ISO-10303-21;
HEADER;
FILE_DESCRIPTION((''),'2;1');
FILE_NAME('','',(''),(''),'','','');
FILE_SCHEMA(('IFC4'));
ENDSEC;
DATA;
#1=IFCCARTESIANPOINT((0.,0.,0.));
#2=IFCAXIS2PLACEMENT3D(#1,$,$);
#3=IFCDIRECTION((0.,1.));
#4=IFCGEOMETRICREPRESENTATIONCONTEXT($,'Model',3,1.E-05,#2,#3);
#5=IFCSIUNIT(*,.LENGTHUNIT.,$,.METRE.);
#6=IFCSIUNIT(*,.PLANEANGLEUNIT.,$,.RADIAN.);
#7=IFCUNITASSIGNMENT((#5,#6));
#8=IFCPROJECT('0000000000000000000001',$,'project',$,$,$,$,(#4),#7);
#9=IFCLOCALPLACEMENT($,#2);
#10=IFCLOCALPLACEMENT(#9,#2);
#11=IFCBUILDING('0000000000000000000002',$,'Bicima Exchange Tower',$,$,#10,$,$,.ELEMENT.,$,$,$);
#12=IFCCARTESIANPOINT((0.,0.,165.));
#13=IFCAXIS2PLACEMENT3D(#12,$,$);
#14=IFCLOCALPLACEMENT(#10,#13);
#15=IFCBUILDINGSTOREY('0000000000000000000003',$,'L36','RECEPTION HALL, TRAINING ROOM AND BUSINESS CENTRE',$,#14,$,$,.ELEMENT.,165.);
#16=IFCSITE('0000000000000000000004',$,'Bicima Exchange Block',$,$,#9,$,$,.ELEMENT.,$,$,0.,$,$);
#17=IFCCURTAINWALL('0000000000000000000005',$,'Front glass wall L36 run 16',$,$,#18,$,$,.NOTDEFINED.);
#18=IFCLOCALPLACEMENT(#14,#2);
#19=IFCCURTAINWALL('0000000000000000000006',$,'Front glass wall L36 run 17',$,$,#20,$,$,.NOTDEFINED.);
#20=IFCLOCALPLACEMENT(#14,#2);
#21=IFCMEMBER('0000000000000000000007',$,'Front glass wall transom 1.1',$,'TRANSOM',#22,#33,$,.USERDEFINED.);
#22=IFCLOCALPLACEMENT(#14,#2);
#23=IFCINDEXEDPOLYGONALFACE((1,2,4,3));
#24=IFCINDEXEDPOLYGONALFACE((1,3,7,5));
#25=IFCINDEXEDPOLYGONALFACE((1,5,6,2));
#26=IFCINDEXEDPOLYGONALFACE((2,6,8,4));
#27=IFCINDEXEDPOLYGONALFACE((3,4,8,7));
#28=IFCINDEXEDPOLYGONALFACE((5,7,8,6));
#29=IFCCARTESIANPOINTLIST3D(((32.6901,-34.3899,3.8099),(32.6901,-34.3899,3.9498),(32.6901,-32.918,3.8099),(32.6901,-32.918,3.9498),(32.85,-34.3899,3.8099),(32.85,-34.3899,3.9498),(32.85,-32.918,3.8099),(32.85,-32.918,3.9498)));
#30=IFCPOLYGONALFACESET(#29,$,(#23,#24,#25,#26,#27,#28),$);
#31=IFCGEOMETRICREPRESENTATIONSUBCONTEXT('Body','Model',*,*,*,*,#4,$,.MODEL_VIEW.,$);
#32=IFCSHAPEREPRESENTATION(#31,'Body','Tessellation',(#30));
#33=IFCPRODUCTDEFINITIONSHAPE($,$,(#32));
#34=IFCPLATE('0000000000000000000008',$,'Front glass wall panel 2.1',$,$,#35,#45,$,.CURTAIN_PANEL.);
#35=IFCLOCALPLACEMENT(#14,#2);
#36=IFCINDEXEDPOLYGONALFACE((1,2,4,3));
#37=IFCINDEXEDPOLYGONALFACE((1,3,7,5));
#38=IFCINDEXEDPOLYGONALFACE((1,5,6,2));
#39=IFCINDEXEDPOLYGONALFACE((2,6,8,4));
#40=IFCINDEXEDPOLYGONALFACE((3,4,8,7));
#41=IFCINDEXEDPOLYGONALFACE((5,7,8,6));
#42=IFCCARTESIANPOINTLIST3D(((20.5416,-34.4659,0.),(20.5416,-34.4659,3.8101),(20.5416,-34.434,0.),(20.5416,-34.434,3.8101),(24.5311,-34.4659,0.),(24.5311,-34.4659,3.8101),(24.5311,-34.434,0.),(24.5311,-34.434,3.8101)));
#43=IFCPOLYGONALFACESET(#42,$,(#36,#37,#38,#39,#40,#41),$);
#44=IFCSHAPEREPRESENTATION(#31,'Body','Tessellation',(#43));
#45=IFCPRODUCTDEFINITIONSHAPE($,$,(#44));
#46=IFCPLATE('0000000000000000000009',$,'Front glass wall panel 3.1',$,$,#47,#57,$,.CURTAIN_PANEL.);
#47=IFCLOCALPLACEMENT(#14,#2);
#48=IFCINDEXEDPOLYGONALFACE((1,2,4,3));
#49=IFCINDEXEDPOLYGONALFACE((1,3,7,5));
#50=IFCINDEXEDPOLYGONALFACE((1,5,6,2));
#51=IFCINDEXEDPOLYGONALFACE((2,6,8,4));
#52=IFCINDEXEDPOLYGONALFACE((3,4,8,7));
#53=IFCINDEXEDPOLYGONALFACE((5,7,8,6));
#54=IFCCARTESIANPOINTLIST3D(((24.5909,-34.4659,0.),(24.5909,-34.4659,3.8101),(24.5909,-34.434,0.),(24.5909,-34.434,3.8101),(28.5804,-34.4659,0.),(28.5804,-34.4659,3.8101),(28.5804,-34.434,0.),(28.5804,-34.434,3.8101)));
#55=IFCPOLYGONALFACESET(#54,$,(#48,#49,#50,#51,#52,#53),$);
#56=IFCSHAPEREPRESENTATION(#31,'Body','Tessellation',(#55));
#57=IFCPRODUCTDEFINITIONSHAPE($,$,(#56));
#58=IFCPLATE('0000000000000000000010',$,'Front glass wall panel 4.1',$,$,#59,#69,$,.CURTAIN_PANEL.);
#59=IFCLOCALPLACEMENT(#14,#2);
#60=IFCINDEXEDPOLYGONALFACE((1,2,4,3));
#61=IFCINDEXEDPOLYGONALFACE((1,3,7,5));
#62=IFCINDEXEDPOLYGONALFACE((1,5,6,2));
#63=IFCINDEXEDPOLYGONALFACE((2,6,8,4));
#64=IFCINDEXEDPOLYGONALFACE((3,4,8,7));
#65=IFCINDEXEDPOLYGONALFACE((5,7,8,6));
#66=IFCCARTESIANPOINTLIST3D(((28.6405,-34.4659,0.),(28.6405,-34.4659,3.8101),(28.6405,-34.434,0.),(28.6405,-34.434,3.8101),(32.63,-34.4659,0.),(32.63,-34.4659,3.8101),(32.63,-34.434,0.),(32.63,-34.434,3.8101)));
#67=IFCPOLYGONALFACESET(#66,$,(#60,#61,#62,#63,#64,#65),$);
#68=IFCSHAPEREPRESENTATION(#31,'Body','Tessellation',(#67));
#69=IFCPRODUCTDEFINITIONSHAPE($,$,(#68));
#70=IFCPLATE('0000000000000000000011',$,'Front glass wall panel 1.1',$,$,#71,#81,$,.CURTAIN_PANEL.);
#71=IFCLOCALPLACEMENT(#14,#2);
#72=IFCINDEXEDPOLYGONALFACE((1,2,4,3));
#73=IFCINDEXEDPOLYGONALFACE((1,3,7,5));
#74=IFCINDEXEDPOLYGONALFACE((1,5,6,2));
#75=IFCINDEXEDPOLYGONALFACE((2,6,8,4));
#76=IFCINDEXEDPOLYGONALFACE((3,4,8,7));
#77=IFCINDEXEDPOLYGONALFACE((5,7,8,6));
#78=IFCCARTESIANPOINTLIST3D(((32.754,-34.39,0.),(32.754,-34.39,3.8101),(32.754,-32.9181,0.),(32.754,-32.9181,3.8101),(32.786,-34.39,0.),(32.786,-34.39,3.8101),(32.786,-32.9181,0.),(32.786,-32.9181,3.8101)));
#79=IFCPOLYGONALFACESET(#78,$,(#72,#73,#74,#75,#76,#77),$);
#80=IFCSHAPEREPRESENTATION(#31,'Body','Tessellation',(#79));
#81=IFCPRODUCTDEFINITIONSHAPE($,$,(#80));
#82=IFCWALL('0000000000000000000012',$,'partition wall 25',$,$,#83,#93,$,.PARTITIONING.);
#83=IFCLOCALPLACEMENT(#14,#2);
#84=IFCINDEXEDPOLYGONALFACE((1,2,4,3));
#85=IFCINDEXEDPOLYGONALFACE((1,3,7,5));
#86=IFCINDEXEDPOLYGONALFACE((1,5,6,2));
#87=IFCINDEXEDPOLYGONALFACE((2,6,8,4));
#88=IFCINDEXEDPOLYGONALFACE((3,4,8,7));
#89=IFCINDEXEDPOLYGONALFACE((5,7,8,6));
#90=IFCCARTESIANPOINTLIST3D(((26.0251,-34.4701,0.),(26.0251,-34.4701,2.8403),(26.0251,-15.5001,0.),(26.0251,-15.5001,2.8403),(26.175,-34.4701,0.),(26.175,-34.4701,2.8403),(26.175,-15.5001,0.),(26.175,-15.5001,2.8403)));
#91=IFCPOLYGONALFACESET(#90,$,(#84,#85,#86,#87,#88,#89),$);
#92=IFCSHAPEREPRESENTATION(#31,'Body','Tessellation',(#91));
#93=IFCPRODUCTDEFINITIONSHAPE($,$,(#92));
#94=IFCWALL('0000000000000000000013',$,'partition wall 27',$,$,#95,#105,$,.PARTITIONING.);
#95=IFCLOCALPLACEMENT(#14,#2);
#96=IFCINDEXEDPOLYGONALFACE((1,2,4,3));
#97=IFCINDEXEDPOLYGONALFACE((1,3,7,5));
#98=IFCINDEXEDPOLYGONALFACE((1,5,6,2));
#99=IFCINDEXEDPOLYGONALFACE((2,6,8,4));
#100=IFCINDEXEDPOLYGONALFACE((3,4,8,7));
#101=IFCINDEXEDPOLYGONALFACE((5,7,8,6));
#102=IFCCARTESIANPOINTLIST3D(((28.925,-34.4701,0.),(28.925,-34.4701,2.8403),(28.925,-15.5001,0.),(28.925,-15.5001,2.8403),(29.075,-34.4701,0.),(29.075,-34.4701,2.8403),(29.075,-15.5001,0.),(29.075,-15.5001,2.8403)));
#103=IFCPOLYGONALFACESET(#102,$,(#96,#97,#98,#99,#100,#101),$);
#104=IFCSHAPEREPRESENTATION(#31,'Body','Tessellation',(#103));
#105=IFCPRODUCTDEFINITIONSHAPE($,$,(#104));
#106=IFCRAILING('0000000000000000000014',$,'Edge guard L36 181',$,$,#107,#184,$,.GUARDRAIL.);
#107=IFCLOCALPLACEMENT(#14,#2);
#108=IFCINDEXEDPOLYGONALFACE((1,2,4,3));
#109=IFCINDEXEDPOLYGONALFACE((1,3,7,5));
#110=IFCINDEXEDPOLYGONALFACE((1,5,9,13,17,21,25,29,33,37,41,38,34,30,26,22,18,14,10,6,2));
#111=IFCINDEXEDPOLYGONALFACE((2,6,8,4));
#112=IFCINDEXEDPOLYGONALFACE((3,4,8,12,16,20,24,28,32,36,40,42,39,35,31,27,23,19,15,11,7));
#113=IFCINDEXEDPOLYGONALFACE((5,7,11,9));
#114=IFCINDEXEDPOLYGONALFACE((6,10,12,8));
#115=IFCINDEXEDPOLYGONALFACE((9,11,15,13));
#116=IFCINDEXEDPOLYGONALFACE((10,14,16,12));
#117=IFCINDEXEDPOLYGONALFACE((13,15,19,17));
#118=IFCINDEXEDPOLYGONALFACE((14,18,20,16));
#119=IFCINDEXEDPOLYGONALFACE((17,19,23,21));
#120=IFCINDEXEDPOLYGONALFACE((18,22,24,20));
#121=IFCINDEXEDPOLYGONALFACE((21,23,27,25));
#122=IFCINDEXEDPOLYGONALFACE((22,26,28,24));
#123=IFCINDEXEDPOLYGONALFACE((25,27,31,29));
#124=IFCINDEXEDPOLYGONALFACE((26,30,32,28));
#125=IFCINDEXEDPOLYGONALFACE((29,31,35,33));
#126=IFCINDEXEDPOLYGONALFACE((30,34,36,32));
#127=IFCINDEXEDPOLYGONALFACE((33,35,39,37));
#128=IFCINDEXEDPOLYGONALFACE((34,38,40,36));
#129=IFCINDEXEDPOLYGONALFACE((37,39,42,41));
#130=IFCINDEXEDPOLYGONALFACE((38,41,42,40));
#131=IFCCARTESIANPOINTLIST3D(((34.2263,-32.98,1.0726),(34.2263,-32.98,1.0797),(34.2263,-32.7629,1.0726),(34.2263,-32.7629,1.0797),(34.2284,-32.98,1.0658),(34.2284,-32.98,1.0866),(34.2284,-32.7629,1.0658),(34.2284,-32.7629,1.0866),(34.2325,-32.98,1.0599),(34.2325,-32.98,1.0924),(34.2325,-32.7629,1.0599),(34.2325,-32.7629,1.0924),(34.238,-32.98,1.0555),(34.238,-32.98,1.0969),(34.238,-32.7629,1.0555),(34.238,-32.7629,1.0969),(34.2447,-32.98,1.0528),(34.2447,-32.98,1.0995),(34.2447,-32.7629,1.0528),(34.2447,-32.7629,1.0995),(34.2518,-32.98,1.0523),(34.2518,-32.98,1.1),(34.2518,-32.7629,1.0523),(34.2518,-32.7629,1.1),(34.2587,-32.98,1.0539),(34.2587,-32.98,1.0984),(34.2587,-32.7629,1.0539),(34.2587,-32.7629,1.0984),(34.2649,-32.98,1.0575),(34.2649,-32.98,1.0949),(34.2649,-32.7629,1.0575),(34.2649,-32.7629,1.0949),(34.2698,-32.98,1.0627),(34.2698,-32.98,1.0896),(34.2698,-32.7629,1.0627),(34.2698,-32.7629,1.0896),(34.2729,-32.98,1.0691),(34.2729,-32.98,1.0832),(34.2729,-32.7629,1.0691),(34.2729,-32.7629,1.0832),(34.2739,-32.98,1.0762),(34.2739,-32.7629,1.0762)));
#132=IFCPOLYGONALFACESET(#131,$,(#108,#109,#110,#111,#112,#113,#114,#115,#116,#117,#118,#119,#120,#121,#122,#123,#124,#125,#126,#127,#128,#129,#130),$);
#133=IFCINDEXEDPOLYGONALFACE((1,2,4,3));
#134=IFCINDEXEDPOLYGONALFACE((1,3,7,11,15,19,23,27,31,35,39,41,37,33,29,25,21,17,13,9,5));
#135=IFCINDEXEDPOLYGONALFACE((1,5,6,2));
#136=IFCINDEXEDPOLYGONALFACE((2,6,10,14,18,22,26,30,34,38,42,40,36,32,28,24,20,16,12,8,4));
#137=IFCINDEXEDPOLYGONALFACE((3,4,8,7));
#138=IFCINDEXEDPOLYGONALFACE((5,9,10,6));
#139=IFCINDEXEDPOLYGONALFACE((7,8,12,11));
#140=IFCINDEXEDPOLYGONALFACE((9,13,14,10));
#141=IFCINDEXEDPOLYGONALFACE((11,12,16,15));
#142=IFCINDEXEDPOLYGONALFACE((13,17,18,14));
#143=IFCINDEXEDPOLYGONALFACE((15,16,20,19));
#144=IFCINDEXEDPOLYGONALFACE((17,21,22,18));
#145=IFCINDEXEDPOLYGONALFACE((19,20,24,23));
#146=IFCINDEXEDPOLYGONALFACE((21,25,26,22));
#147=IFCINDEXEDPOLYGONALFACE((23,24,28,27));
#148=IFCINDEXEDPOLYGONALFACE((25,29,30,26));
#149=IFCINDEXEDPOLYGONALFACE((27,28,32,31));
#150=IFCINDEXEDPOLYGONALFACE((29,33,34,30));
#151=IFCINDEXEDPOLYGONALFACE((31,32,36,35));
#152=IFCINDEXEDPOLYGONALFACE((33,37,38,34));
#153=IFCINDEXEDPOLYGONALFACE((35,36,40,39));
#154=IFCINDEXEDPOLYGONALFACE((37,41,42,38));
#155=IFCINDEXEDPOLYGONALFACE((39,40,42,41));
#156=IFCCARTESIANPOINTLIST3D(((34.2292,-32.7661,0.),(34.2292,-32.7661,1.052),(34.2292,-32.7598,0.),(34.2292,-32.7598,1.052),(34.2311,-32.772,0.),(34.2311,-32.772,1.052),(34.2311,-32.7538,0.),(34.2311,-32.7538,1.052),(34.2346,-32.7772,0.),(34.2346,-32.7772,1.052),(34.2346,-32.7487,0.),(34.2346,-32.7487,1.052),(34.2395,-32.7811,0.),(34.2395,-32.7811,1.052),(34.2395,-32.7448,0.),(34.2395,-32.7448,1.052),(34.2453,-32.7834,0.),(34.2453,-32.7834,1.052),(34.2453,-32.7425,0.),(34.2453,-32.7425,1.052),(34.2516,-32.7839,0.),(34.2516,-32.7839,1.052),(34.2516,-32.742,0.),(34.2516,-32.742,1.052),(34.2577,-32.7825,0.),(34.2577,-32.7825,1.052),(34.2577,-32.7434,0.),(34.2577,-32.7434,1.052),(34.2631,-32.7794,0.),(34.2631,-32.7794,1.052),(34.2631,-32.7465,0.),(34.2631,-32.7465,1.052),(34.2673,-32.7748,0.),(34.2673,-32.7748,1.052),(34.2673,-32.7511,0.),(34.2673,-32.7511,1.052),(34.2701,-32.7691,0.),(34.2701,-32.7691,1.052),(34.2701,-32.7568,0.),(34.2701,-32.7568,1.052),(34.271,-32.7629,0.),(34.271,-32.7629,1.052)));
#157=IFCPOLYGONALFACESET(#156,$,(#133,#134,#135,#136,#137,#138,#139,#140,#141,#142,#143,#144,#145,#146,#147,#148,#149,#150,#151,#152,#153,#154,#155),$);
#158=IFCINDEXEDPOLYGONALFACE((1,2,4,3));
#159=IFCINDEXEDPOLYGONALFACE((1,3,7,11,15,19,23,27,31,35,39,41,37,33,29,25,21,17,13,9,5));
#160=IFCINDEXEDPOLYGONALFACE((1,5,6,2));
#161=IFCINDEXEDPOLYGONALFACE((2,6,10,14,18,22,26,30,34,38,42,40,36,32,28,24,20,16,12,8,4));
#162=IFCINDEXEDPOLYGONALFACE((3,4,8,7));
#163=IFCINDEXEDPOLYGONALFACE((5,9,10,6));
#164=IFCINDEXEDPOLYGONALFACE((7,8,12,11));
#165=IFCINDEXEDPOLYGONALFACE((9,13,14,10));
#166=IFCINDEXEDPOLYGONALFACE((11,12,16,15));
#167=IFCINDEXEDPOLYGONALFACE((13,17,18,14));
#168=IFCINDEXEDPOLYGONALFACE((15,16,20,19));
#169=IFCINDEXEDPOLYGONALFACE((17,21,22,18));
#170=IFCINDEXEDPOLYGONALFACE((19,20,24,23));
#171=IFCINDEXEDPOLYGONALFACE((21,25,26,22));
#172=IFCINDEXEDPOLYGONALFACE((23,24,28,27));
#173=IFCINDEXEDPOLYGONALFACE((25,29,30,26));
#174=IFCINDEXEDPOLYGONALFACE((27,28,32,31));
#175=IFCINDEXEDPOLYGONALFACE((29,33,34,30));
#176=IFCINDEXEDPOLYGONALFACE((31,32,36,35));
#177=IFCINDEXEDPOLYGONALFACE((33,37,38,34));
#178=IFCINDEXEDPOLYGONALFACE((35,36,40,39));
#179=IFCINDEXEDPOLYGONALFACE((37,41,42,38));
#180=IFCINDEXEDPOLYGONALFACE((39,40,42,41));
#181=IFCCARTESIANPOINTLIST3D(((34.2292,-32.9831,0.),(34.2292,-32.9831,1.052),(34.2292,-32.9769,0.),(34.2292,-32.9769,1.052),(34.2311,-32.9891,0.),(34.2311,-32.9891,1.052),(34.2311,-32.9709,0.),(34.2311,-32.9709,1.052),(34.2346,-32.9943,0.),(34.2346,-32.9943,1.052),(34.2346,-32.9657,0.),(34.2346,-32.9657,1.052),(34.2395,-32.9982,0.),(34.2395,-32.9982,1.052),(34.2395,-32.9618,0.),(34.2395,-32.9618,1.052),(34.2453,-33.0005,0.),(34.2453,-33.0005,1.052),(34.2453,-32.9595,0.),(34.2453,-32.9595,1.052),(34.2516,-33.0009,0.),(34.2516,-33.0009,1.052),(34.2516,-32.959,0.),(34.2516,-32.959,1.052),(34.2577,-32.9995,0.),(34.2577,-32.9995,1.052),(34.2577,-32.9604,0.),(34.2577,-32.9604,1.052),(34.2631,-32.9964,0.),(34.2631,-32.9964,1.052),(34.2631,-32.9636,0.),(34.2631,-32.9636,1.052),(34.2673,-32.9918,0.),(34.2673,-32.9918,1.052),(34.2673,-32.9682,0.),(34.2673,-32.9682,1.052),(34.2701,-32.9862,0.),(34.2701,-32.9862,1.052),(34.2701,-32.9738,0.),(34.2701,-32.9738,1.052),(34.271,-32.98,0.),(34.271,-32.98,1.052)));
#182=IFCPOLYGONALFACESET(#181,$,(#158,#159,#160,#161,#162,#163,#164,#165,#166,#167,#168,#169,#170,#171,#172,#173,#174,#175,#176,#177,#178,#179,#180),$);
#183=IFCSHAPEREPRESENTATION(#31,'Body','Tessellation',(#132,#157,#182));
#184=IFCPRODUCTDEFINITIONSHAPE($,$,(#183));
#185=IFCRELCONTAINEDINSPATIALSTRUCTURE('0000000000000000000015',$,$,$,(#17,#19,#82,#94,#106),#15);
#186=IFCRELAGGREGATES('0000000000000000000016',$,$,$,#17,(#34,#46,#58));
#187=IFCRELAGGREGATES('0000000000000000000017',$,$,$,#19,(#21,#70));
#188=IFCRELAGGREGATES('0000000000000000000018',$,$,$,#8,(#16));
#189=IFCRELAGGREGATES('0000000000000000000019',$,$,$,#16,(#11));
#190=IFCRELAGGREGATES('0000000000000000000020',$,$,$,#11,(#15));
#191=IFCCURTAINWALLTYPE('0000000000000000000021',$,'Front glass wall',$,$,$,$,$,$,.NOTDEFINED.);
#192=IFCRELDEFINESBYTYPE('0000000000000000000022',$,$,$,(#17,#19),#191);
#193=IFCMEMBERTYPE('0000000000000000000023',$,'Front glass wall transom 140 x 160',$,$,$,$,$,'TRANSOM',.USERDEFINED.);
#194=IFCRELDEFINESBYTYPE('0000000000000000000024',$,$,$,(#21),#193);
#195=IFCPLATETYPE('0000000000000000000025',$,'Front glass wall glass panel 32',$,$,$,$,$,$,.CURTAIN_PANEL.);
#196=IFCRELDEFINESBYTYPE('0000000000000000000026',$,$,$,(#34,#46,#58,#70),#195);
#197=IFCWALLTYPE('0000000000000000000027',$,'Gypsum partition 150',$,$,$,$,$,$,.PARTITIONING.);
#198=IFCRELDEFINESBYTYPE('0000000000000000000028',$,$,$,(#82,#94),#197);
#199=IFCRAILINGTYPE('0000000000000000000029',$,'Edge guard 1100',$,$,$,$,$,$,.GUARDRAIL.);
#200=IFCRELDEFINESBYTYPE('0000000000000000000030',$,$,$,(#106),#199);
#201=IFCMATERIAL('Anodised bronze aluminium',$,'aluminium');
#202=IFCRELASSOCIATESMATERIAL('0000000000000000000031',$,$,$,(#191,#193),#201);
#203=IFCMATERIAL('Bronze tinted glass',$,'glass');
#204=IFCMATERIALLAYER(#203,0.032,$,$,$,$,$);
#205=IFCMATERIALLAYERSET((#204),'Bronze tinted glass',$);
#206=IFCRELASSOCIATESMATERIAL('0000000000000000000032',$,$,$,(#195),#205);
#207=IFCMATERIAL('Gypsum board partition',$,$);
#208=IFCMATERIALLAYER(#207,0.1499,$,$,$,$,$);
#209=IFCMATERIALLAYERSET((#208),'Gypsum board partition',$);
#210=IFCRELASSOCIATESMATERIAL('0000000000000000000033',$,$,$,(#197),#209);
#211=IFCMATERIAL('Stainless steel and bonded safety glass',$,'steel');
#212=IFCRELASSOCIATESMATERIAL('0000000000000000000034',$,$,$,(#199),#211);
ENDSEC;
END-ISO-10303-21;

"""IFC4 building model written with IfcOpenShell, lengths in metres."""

from ifc_helpers import new_model, si_unit, direction, frame, frame_2d, origin, origin_2d, place, context, subcontext, project, spatial, rectangle, circle, extrude, material, layer, layer_set, material_profile, profile_set, type_object, element, aggregate, save


model = new_model("IFC4")

# Units and contexts
model_context = context("Model", 3, precision=1e-05, world=origin(), true_north=direction((0.0, 1.0)))
body_context = subcontext(model_context, "Body", "Model", "MODEL_VIEW")
ifc_project = project(units=[si_unit("LENGTHUNIT", "METRE"), si_unit("PLANEANGLEUNIT", "RADIAN")], contexts=[model_context])

# Site, building, storey
site_placement = place(None, origin())
site = spatial("IfcSite", under=ifc_project, at=site_placement, Name="Bicima Exchange Block", CompositionType="ELEMENT", RefElevation=0.0)
building_placement = place(site_placement, origin())
building = spatial("IfcBuilding", under=site, at=building_placement, Name="Bicima Exchange Tower", CompositionType="ELEMENT")
storey_placement = place(building_placement, frame((0.0, 0.0, 165.0)))
storey = spatial("IfcBuildingStorey", under=building, at=storey_placement, Name="L36", Description="RECEPTION HALL, TRAINING ROOM AND BUSINESS CENTRE", CompositionType="ELEMENT", Elevation=165.0)

# Curtain walls
ifc_material_1 = material(Name="Anodised bronze aluminium", Category="aluminium")
curtain_wall_type = type_object("IfcCurtainWallType", Name="Front glass wall", PredefinedType="NOTDEFINED", material=ifc_material_1)
curtain_wall_1_placement = place(storey_placement, origin())
curtain_wall_1 = element("IfcCurtainWall", 1, at=curtain_wall_1_placement, inside=storey, type_object=curtain_wall_type, Name="Front glass wall L36 run 16", PredefinedType="NOTDEFINED")
curtain_wall_2_placement = place(storey_placement, origin())
curtain_wall_2 = element("IfcCurtainWall", 2, at=curtain_wall_2_placement, inside=storey, type_object=curtain_wall_type, Name="Front glass wall L36 run 17", PredefinedType="NOTDEFINED")

# Member
ifc_material_profile_1 = material_profile(ifc_material_1, rectangle(XDim=0.1599, YDim=0.1399, at=origin_2d()))
ifc_profile_set_1 = profile_set([ifc_material_profile_1], Name="Anodised bronze aluminium")
member_type_1 = type_object("IfcMemberType", Name="Front glass wall transom 140 x 160", ElementType="TRANSOM", PredefinedType="USERDEFINED", material=ifc_profile_set_1)
member_1_placement = place(storey_placement, frame((32.77, -34.3899, 3.8799), z_axis=(0.0, 1.0, 0.0), x_axis=(-1.0, 0.0, 0.0)))
member_1 = element("IfcMember", 3, at=member_1_placement, type_object=member_type_1, Name="Front glass wall transom 1.1", ObjectType="TRANSOM", PredefinedType="USERDEFINED", context=body_context, shape_type="SweptSolid", body=[
    extrude(rectangle(XDim=0.1599, YDim=0.1399, at=origin_2d()), origin(), (0.0, 0.0, 1.0), 1.4719),
])

# Plates
ifc_material_2 = material(Name="Bronze tinted glass", Category="glass")
ifc_layer_1 = layer(ifc_material_2, 0.032)
ifc_layer_set_1 = layer_set([ifc_layer_1], Name="Bronze tinted glass")
plate_type = type_object("IfcPlateType", Name="Front glass wall glass panel 32", PredefinedType="CURTAIN_PANEL", material=ifc_layer_set_1)
plate_1_placement = place(storey_placement, frame((22.5364, -34.45, 0.0), z_axis=(0.0, 0.0, 1.0), x_axis=(1.0, 0.0, 0.0)))
plate_1 = element("IfcPlate", 4, at=plate_1_placement, type_object=plate_type, Name="Front glass wall panel 2.1", PredefinedType="CURTAIN_PANEL", context=body_context, shape_type="SweptSolid", body=[
    extrude(rectangle(XDim=3.9895, YDim=0.032, at=origin_2d()), origin(), (0.0, 0.0, 1.0), 3.8101),
])
plate_2_placement = place(storey_placement, frame((26.5857, -34.45, 0.0), z_axis=(0.0, 0.0, 1.0), x_axis=(1.0, 0.0, 0.0)))
plate_2 = element("IfcPlate", 5, at=plate_2_placement, type_object=plate_type, Name="Front glass wall panel 3.1", PredefinedType="CURTAIN_PANEL", context=body_context, shape_type="SweptSolid", body=[
    extrude(rectangle(XDim=3.9895, YDim=0.032, at=origin_2d()), origin(), (0.0, 0.0, 1.0), 3.8101),
])
plate_3_placement = place(storey_placement, frame((30.6353, -34.45, 0.0), z_axis=(0.0, 0.0, 1.0), x_axis=(1.0, 0.0, 0.0)))
plate_3 = element("IfcPlate", 6, at=plate_3_placement, type_object=plate_type, Name="Front glass wall panel 4.1", PredefinedType="CURTAIN_PANEL", context=body_context, shape_type="SweptSolid", body=[
    extrude(rectangle(XDim=3.9895, YDim=0.032, at=origin_2d()), origin(), (0.0, 0.0, 1.0), 3.8101),
])
aggregate(curtain_wall_1, [plate_1, plate_2, plate_3])
plate_4_placement = place(storey_placement, frame((32.77, -33.6541, 0.0), z_axis=(0.0, 0.0, 1.0), x_axis=(0.0, 1.0, 0.0)))
plate_4 = element("IfcPlate", 7, at=plate_4_placement, type_object=plate_type, Name="Front glass wall panel 1.1", PredefinedType="CURTAIN_PANEL", context=body_context, shape_type="SweptSolid", body=[
    extrude(rectangle(XDim=1.4719, YDim=0.032, at=origin_2d()), origin(), (0.0, 0.0, 1.0), 3.8101),
])
aggregate(curtain_wall_2, [member_1, plate_4])

# Walls
ifc_material_3 = material(Name="Gypsum board partition")
ifc_layer_2 = layer(ifc_material_3, 0.1499)
ifc_layer_set_2 = layer_set([ifc_layer_2], Name="Gypsum board partition")
wall_type = type_object("IfcWallType", Name="Gypsum partition 150", PredefinedType="PARTITIONING", material=ifc_layer_set_2)
for number, where, z_axis, x_axis, name in (
    (8, (26.1001, -34.47, 0.0), (0.0, 0.0, 1.0), (0.0, 1.0, 0.0), "partition wall 25"),
    (9, (29.0, -34.47, 0.0), (0.0, 0.0, 1.0), (0.0, 1.0, 0.0), "partition wall 27"),
):
    element("IfcWall", number, at=place(storey_placement, frame(where, z_axis=z_axis, x_axis=x_axis)), inside=storey, type_object=wall_type, Name=name, PredefinedType="PARTITIONING", context=body_context, shape_type="SweptSolid", body=[
        extrude(rectangle(XDim=18.97, YDim=0.1499, at=frame_2d((9.4849, 0.0))), origin(), (0.0, 0.0, 1.0), 2.8403),
    ])

# Railing
ifc_material_4 = material(Name="Stainless steel and bonded safety glass", Category="steel")
railing_type = type_object("IfcRailingType", Name="Edge guard 1100", PredefinedType="GUARDRAIL", material=ifc_material_4)
railing_1_placement = place(storey_placement, frame((34.25, -32.7629, 0.0)))
element("IfcRailing", 10, at=railing_1_placement, inside=storey, type_object=railing_type, Name="Edge guard L36 181", PredefinedType="GUARDRAIL", context=body_context, shape_type="SweptSolid", body=[
    extrude(circle(Radius=0.0239, at=origin_2d()), frame((0.0, 0.0, 1.0762), z_axis=(0.0, -1.0, 0.0), x_axis=(1.0, 0.0, 0.0)), (0.0, 0.0, 1.0), 0.217),
    extrude(circle(Radius=0.021, at=origin_2d()), origin(), (0.0, 0.0, 1.0), 1.052),
    extrude(circle(Radius=0.021, at=origin_2d()), frame((0.0, -0.217, 0.0)), (0.0, 0.0, 1.0), 1.052),
])

save(model, "model.ifc")
